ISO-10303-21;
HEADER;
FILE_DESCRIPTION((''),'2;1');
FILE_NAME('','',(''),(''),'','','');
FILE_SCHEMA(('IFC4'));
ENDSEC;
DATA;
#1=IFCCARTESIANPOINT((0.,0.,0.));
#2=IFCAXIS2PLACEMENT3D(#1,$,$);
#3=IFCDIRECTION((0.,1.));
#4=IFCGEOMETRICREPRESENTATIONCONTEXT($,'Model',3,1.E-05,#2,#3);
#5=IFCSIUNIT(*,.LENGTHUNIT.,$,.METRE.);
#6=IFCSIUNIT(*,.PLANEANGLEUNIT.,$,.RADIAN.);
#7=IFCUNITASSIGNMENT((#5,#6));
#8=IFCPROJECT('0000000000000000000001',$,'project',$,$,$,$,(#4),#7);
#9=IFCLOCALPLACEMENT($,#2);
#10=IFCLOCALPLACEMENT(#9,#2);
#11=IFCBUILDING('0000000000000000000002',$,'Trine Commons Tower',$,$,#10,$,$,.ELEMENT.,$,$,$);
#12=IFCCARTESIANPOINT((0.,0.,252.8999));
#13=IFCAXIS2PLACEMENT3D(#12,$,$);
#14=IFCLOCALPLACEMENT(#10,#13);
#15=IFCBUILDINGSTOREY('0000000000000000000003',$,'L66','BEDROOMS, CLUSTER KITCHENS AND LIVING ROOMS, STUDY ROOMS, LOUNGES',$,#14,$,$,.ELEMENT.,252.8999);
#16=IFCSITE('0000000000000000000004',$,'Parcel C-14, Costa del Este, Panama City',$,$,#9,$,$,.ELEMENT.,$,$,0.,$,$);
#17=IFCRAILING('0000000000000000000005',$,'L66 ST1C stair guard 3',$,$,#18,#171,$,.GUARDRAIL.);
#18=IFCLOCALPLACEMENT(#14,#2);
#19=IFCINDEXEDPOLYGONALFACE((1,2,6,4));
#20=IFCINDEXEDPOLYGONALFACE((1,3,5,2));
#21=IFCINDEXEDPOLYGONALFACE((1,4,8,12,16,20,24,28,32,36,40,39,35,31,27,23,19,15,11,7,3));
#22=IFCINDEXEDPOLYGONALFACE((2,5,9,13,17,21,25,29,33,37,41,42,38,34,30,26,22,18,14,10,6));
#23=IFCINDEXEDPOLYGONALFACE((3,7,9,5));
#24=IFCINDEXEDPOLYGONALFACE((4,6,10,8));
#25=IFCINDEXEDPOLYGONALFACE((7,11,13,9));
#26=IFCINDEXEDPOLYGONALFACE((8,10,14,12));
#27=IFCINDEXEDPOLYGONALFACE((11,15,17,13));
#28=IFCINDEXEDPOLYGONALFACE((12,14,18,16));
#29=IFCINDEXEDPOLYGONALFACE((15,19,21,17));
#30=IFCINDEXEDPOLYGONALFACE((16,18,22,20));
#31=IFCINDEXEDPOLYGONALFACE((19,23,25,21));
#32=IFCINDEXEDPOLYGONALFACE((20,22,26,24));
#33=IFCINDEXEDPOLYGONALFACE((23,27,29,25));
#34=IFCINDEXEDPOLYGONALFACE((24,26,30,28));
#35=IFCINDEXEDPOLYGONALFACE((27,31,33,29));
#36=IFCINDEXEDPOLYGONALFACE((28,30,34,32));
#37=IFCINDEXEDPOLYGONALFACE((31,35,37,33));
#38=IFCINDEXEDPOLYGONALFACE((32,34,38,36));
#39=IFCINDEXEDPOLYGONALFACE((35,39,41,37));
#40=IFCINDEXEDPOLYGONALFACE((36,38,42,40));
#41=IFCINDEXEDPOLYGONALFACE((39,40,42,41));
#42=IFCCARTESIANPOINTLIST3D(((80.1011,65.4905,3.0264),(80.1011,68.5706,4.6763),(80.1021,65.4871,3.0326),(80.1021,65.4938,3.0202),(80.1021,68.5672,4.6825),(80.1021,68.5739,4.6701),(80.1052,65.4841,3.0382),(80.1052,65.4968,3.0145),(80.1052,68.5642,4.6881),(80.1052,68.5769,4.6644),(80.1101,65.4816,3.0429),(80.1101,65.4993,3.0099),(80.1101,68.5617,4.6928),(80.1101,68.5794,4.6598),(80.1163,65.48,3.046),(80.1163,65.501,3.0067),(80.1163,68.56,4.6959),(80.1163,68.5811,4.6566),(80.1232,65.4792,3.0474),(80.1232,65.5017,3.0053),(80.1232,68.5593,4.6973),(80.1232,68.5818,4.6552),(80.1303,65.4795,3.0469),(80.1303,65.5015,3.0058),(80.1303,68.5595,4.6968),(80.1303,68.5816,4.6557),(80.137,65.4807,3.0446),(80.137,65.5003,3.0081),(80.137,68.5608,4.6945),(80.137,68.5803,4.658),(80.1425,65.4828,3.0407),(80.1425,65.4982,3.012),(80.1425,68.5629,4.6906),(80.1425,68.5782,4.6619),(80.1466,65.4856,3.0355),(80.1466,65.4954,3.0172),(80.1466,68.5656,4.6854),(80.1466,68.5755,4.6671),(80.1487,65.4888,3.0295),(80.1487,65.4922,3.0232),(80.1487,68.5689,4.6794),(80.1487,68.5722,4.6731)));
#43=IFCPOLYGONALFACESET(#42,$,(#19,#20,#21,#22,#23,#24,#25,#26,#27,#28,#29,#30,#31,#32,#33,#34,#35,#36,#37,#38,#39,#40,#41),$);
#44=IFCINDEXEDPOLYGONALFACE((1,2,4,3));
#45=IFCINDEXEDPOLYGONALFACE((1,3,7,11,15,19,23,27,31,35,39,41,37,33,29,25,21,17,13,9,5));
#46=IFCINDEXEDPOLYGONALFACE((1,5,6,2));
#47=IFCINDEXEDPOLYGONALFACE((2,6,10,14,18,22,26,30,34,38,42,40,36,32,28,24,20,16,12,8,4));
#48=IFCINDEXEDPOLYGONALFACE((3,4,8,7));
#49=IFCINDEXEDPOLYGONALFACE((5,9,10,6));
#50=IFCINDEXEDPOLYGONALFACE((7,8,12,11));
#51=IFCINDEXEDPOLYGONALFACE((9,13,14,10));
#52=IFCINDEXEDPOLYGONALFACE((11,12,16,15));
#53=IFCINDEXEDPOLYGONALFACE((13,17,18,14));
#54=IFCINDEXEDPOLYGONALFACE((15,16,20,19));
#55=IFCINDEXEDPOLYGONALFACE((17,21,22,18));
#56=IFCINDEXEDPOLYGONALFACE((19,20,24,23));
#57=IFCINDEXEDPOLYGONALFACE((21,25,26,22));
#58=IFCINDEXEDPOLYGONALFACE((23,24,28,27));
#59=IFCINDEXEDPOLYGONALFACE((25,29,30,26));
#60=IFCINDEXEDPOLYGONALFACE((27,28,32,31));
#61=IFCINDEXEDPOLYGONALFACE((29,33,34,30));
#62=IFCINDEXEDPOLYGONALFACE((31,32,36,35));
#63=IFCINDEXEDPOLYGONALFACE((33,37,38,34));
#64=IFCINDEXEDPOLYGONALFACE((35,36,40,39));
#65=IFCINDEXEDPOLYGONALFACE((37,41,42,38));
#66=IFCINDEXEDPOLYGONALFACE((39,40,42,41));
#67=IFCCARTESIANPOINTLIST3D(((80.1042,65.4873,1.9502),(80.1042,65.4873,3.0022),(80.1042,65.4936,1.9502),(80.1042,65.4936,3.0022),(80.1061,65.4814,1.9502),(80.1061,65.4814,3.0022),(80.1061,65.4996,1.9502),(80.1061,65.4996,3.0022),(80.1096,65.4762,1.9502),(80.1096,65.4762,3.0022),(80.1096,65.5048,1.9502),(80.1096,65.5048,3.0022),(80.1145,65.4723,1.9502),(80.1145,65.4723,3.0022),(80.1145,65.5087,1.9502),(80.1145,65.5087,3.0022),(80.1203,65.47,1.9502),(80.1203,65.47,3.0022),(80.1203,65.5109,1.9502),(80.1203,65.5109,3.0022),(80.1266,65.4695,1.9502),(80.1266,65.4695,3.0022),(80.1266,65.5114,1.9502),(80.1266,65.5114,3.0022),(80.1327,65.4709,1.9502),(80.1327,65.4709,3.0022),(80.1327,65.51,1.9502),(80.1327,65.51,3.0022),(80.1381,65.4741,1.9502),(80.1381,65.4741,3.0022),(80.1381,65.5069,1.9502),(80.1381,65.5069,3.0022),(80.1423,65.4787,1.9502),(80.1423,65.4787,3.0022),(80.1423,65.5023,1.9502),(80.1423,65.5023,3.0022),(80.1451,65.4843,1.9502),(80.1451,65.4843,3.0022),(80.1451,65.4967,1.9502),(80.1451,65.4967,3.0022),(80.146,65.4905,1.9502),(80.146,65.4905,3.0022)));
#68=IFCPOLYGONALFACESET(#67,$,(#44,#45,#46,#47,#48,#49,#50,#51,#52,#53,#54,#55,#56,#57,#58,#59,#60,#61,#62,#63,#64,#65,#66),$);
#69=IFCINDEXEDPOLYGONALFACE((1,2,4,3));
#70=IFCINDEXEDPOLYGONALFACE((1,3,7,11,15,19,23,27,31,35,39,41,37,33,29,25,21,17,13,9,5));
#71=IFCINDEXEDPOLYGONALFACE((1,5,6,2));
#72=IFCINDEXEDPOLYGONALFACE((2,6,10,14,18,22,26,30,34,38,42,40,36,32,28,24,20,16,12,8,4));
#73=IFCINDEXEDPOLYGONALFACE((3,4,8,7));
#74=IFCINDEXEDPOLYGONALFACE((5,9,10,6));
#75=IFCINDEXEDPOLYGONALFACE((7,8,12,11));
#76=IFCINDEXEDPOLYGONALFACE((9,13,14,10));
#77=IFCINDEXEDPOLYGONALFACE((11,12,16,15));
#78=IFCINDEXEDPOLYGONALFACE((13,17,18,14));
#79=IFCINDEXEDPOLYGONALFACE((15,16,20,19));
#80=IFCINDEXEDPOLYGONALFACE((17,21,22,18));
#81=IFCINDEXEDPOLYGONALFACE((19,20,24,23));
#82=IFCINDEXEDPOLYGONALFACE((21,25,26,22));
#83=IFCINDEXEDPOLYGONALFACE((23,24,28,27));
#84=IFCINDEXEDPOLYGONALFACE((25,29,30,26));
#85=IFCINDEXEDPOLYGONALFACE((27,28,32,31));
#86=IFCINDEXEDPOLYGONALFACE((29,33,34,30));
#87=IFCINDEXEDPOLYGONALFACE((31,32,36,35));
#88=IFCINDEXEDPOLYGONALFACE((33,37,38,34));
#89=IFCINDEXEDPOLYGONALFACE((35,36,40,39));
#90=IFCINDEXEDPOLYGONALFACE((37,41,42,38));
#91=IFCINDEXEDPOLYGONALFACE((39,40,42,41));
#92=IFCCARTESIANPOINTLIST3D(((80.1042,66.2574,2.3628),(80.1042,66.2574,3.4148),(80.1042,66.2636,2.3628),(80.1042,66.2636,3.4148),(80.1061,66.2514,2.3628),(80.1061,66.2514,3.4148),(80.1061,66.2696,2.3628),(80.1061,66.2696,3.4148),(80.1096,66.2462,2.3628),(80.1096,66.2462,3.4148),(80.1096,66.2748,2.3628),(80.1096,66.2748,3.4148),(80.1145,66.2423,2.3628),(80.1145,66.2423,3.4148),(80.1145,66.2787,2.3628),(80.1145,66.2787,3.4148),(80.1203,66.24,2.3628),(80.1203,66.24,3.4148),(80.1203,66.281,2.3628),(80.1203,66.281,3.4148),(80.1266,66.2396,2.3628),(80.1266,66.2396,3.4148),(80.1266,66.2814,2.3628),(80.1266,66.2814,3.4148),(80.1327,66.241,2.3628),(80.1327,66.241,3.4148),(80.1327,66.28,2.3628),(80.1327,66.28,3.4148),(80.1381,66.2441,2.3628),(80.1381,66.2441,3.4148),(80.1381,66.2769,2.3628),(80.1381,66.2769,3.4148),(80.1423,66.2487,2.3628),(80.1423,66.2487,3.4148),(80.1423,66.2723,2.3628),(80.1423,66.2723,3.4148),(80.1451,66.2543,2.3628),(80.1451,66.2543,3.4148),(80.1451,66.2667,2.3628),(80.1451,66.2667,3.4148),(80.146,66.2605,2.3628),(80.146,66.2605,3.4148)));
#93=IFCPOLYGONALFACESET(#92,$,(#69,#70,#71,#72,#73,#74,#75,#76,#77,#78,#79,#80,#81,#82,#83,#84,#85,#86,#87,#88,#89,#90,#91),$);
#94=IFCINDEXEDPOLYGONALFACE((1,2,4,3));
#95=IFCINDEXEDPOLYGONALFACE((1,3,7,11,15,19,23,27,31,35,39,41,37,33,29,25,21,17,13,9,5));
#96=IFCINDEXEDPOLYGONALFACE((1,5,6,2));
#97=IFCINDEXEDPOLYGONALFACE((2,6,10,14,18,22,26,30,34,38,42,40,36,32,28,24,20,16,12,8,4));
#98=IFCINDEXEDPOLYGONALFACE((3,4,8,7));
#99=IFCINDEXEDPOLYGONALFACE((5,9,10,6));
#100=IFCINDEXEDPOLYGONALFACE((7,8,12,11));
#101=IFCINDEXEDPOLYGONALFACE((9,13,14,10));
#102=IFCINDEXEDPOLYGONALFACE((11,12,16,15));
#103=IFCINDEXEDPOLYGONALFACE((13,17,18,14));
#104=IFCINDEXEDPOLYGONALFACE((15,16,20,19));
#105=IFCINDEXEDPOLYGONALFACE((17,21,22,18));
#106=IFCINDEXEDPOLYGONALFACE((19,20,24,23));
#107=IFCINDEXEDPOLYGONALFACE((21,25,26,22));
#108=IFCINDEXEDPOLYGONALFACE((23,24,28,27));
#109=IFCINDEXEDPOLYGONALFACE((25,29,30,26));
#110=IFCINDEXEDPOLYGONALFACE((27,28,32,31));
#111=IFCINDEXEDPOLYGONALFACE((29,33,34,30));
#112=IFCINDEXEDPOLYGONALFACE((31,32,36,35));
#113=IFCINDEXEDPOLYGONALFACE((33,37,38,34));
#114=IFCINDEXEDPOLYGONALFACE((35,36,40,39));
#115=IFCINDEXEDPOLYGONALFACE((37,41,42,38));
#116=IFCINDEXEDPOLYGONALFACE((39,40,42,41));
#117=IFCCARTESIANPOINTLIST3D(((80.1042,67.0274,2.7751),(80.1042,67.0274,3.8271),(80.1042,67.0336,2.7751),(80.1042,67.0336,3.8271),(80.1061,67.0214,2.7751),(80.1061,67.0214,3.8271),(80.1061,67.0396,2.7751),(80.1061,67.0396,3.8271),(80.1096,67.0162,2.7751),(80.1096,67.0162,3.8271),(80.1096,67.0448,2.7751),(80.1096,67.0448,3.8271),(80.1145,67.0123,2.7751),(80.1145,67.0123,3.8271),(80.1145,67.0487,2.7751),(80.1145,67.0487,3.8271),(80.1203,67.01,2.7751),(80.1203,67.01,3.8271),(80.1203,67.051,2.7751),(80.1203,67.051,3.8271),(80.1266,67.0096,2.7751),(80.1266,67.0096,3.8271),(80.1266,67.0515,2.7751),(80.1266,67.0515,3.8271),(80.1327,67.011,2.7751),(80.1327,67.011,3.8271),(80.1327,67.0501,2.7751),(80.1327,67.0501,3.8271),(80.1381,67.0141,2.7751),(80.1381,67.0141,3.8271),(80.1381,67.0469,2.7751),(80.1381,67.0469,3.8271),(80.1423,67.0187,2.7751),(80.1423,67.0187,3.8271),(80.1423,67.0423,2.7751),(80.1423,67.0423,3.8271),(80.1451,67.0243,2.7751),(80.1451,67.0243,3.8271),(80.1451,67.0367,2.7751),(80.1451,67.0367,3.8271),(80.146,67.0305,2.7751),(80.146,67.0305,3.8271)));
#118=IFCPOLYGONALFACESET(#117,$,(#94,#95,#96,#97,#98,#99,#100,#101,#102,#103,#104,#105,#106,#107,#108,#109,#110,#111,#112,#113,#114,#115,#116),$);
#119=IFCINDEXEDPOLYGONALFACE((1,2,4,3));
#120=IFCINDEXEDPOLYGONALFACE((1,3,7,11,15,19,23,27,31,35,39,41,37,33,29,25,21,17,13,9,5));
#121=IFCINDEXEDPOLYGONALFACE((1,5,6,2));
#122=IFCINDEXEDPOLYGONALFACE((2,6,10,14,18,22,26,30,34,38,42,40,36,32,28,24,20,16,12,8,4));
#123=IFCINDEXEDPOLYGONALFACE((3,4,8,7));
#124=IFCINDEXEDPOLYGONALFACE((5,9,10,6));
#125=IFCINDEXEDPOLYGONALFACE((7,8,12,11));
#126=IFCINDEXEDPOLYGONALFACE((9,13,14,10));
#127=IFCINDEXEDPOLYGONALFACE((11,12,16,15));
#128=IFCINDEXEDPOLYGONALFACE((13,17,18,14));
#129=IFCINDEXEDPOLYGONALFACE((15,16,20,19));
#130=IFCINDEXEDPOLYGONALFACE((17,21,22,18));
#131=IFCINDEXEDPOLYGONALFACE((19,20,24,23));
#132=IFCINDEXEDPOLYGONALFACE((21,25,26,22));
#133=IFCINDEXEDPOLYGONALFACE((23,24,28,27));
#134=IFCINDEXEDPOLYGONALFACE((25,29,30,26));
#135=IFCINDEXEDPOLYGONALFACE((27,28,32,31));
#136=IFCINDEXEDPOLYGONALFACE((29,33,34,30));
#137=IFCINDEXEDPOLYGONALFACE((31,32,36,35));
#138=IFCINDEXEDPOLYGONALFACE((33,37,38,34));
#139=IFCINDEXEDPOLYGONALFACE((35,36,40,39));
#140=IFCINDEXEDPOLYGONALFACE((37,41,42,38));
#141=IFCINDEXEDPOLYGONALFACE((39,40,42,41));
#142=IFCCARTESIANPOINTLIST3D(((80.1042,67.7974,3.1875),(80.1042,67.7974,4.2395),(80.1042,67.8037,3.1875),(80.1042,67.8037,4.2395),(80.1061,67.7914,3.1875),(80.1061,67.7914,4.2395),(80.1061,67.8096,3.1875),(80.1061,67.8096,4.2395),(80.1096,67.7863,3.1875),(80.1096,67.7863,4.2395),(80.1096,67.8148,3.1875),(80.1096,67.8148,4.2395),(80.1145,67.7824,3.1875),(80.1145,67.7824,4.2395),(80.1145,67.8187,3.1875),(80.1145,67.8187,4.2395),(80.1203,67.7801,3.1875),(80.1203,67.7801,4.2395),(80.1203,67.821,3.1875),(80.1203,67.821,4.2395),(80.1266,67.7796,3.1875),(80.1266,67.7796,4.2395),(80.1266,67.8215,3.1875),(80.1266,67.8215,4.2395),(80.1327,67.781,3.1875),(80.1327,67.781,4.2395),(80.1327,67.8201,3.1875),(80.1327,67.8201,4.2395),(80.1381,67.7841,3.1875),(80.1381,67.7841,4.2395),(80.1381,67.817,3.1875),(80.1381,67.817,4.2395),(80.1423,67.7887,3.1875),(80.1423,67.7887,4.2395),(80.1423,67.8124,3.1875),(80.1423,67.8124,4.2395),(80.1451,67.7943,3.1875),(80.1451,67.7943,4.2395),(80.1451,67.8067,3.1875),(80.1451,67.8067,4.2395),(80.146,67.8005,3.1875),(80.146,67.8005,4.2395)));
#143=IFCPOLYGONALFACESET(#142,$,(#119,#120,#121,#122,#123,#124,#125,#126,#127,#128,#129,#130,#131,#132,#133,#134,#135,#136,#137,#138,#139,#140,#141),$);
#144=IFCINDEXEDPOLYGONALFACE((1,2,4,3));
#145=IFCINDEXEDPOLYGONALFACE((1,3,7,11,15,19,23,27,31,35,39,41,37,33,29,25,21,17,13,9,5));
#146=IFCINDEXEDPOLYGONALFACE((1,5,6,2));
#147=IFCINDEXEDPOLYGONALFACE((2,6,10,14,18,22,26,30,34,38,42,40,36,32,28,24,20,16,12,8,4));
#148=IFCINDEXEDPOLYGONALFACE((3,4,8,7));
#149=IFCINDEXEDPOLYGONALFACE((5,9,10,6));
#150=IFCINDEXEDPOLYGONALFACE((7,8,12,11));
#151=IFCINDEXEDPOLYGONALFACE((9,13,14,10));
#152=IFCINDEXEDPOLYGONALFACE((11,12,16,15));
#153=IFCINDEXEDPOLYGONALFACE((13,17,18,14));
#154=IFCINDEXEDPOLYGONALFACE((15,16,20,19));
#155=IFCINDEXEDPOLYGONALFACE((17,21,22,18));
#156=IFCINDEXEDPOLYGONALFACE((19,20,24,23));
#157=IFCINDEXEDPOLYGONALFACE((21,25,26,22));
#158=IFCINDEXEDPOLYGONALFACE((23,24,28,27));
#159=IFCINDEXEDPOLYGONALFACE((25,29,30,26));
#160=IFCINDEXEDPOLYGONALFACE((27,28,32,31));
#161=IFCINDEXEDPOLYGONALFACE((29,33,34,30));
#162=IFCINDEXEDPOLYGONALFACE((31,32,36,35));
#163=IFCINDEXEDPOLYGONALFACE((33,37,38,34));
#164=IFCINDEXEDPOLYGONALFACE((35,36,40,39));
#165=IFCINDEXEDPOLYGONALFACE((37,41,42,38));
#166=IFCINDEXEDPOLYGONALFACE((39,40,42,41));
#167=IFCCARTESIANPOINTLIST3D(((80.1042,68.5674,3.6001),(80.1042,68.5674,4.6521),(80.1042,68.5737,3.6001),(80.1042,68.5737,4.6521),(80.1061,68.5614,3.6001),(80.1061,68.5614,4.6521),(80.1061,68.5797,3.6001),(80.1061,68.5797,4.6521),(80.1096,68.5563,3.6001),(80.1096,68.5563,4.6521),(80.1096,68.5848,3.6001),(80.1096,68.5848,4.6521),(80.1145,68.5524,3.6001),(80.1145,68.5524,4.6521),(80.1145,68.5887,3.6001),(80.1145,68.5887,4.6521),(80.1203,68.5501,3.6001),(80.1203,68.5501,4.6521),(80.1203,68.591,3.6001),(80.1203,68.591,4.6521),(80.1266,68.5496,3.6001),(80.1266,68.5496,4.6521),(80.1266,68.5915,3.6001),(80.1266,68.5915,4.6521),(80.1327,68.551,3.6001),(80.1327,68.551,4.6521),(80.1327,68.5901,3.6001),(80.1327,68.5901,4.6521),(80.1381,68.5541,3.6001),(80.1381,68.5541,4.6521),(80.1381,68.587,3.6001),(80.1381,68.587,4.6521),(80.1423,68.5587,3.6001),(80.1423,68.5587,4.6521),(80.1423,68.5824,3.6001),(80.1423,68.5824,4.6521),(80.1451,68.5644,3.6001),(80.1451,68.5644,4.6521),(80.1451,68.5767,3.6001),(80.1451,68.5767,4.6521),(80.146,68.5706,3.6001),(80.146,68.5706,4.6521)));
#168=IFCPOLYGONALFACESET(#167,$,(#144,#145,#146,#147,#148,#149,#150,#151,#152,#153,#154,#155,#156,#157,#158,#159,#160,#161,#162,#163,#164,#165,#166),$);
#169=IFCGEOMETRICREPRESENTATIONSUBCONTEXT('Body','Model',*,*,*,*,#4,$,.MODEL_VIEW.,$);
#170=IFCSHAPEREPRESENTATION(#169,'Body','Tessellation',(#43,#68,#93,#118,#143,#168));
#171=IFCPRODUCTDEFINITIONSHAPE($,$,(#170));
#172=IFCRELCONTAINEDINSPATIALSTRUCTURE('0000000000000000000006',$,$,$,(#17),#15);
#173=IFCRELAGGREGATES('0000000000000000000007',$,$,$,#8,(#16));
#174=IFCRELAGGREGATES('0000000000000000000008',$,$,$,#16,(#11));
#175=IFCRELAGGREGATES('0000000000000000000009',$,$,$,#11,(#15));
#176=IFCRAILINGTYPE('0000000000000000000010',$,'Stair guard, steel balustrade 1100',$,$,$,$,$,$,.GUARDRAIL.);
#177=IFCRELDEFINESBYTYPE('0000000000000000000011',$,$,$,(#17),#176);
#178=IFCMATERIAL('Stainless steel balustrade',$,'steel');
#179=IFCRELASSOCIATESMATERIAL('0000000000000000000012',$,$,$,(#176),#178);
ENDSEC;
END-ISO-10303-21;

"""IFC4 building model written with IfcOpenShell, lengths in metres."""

from ifc_helpers import new_model, si_unit, direction, frame, origin, origin_2d, place, context, subcontext, project, spatial, circle, extrude, material, type_object, element, save


model = new_model("IFC4")

# Units and contexts
model_context = context("Model", 3, precision=1e-05, world=origin(), true_north=direction((0.0, 1.0)))
body_context = subcontext(model_context, "Body", "Model", "MODEL_VIEW")
ifc_project = project(units=[si_unit("LENGTHUNIT", "METRE"), si_unit("PLANEANGLEUNIT", "RADIAN")], contexts=[model_context])

# Site, building, storey
site_placement = place(None, origin())
site = spatial("IfcSite", under=ifc_project, at=site_placement, Name="Parcel C-14, Costa del Este, Panama City", CompositionType="ELEMENT", RefElevation=0.0)
building_placement = place(site_placement, origin())
building = spatial("IfcBuilding", under=site, at=building_placement, Name="Trine Commons Tower", CompositionType="ELEMENT")
storey_placement = place(building_placement, frame((0.0, 0.0, 252.8999)))
storey = spatial("IfcBuildingStorey", under=building, at=storey_placement, Name="L66", Description="BEDROOMS, CLUSTER KITCHENS AND LIVING ROOMS, STUDY ROOMS, LOUNGES", CompositionType="ELEMENT", Elevation=252.8999)

# Railing
ifc_material_1 = material(Name="Stainless steel balustrade", Category="steel")
railing_type_1 = type_object("IfcRailingType", Name="Stair guard, steel balustrade 1100", PredefinedType="GUARDRAIL", material=ifc_material_1)
railing_1_placement = place(storey_placement, frame((80.125, 65.4905, 1.9502)))
element("IfcRailing", 1, at=railing_1_placement, inside=storey, type_object=railing_type_1, Name="L66 ST1C stair guard 3", PredefinedType="GUARDRAIL", context=body_context, shape_type="SweptSolid", body=[
    extrude(circle(Radius=0.0239, at=origin_2d()), frame((0.0, 0.0, 1.0762), z_axis=(0.0, 0.881497, 0.47219), x_axis=(-1.0, 0.0, 0.0)), (0.0, 0.0, 1.0), 3.4941),
    extrude(circle(Radius=0.021, at=origin_2d()), origin(), (0.0, 0.0, 1.0), 1.052),
    extrude(circle(Radius=0.021, at=origin_2d()), frame((0.0, 0.77, 0.4126)), (0.0, 0.0, 1.0), 1.052),
    extrude(circle(Radius=0.021, at=origin_2d()), frame((0.0, 1.54, 0.825)), (0.0, 0.0, 1.0), 1.052),
    extrude(circle(Radius=0.021, at=origin_2d()), frame((0.0, 2.3101, 1.2373)), (0.0, 0.0, 1.0), 1.052),
    extrude(circle(Radius=0.021, at=origin_2d()), frame((0.0, 3.0801, 1.6499)), (0.0, 0.0, 1.0), 1.052),
])

save(model, "model.ifc")
